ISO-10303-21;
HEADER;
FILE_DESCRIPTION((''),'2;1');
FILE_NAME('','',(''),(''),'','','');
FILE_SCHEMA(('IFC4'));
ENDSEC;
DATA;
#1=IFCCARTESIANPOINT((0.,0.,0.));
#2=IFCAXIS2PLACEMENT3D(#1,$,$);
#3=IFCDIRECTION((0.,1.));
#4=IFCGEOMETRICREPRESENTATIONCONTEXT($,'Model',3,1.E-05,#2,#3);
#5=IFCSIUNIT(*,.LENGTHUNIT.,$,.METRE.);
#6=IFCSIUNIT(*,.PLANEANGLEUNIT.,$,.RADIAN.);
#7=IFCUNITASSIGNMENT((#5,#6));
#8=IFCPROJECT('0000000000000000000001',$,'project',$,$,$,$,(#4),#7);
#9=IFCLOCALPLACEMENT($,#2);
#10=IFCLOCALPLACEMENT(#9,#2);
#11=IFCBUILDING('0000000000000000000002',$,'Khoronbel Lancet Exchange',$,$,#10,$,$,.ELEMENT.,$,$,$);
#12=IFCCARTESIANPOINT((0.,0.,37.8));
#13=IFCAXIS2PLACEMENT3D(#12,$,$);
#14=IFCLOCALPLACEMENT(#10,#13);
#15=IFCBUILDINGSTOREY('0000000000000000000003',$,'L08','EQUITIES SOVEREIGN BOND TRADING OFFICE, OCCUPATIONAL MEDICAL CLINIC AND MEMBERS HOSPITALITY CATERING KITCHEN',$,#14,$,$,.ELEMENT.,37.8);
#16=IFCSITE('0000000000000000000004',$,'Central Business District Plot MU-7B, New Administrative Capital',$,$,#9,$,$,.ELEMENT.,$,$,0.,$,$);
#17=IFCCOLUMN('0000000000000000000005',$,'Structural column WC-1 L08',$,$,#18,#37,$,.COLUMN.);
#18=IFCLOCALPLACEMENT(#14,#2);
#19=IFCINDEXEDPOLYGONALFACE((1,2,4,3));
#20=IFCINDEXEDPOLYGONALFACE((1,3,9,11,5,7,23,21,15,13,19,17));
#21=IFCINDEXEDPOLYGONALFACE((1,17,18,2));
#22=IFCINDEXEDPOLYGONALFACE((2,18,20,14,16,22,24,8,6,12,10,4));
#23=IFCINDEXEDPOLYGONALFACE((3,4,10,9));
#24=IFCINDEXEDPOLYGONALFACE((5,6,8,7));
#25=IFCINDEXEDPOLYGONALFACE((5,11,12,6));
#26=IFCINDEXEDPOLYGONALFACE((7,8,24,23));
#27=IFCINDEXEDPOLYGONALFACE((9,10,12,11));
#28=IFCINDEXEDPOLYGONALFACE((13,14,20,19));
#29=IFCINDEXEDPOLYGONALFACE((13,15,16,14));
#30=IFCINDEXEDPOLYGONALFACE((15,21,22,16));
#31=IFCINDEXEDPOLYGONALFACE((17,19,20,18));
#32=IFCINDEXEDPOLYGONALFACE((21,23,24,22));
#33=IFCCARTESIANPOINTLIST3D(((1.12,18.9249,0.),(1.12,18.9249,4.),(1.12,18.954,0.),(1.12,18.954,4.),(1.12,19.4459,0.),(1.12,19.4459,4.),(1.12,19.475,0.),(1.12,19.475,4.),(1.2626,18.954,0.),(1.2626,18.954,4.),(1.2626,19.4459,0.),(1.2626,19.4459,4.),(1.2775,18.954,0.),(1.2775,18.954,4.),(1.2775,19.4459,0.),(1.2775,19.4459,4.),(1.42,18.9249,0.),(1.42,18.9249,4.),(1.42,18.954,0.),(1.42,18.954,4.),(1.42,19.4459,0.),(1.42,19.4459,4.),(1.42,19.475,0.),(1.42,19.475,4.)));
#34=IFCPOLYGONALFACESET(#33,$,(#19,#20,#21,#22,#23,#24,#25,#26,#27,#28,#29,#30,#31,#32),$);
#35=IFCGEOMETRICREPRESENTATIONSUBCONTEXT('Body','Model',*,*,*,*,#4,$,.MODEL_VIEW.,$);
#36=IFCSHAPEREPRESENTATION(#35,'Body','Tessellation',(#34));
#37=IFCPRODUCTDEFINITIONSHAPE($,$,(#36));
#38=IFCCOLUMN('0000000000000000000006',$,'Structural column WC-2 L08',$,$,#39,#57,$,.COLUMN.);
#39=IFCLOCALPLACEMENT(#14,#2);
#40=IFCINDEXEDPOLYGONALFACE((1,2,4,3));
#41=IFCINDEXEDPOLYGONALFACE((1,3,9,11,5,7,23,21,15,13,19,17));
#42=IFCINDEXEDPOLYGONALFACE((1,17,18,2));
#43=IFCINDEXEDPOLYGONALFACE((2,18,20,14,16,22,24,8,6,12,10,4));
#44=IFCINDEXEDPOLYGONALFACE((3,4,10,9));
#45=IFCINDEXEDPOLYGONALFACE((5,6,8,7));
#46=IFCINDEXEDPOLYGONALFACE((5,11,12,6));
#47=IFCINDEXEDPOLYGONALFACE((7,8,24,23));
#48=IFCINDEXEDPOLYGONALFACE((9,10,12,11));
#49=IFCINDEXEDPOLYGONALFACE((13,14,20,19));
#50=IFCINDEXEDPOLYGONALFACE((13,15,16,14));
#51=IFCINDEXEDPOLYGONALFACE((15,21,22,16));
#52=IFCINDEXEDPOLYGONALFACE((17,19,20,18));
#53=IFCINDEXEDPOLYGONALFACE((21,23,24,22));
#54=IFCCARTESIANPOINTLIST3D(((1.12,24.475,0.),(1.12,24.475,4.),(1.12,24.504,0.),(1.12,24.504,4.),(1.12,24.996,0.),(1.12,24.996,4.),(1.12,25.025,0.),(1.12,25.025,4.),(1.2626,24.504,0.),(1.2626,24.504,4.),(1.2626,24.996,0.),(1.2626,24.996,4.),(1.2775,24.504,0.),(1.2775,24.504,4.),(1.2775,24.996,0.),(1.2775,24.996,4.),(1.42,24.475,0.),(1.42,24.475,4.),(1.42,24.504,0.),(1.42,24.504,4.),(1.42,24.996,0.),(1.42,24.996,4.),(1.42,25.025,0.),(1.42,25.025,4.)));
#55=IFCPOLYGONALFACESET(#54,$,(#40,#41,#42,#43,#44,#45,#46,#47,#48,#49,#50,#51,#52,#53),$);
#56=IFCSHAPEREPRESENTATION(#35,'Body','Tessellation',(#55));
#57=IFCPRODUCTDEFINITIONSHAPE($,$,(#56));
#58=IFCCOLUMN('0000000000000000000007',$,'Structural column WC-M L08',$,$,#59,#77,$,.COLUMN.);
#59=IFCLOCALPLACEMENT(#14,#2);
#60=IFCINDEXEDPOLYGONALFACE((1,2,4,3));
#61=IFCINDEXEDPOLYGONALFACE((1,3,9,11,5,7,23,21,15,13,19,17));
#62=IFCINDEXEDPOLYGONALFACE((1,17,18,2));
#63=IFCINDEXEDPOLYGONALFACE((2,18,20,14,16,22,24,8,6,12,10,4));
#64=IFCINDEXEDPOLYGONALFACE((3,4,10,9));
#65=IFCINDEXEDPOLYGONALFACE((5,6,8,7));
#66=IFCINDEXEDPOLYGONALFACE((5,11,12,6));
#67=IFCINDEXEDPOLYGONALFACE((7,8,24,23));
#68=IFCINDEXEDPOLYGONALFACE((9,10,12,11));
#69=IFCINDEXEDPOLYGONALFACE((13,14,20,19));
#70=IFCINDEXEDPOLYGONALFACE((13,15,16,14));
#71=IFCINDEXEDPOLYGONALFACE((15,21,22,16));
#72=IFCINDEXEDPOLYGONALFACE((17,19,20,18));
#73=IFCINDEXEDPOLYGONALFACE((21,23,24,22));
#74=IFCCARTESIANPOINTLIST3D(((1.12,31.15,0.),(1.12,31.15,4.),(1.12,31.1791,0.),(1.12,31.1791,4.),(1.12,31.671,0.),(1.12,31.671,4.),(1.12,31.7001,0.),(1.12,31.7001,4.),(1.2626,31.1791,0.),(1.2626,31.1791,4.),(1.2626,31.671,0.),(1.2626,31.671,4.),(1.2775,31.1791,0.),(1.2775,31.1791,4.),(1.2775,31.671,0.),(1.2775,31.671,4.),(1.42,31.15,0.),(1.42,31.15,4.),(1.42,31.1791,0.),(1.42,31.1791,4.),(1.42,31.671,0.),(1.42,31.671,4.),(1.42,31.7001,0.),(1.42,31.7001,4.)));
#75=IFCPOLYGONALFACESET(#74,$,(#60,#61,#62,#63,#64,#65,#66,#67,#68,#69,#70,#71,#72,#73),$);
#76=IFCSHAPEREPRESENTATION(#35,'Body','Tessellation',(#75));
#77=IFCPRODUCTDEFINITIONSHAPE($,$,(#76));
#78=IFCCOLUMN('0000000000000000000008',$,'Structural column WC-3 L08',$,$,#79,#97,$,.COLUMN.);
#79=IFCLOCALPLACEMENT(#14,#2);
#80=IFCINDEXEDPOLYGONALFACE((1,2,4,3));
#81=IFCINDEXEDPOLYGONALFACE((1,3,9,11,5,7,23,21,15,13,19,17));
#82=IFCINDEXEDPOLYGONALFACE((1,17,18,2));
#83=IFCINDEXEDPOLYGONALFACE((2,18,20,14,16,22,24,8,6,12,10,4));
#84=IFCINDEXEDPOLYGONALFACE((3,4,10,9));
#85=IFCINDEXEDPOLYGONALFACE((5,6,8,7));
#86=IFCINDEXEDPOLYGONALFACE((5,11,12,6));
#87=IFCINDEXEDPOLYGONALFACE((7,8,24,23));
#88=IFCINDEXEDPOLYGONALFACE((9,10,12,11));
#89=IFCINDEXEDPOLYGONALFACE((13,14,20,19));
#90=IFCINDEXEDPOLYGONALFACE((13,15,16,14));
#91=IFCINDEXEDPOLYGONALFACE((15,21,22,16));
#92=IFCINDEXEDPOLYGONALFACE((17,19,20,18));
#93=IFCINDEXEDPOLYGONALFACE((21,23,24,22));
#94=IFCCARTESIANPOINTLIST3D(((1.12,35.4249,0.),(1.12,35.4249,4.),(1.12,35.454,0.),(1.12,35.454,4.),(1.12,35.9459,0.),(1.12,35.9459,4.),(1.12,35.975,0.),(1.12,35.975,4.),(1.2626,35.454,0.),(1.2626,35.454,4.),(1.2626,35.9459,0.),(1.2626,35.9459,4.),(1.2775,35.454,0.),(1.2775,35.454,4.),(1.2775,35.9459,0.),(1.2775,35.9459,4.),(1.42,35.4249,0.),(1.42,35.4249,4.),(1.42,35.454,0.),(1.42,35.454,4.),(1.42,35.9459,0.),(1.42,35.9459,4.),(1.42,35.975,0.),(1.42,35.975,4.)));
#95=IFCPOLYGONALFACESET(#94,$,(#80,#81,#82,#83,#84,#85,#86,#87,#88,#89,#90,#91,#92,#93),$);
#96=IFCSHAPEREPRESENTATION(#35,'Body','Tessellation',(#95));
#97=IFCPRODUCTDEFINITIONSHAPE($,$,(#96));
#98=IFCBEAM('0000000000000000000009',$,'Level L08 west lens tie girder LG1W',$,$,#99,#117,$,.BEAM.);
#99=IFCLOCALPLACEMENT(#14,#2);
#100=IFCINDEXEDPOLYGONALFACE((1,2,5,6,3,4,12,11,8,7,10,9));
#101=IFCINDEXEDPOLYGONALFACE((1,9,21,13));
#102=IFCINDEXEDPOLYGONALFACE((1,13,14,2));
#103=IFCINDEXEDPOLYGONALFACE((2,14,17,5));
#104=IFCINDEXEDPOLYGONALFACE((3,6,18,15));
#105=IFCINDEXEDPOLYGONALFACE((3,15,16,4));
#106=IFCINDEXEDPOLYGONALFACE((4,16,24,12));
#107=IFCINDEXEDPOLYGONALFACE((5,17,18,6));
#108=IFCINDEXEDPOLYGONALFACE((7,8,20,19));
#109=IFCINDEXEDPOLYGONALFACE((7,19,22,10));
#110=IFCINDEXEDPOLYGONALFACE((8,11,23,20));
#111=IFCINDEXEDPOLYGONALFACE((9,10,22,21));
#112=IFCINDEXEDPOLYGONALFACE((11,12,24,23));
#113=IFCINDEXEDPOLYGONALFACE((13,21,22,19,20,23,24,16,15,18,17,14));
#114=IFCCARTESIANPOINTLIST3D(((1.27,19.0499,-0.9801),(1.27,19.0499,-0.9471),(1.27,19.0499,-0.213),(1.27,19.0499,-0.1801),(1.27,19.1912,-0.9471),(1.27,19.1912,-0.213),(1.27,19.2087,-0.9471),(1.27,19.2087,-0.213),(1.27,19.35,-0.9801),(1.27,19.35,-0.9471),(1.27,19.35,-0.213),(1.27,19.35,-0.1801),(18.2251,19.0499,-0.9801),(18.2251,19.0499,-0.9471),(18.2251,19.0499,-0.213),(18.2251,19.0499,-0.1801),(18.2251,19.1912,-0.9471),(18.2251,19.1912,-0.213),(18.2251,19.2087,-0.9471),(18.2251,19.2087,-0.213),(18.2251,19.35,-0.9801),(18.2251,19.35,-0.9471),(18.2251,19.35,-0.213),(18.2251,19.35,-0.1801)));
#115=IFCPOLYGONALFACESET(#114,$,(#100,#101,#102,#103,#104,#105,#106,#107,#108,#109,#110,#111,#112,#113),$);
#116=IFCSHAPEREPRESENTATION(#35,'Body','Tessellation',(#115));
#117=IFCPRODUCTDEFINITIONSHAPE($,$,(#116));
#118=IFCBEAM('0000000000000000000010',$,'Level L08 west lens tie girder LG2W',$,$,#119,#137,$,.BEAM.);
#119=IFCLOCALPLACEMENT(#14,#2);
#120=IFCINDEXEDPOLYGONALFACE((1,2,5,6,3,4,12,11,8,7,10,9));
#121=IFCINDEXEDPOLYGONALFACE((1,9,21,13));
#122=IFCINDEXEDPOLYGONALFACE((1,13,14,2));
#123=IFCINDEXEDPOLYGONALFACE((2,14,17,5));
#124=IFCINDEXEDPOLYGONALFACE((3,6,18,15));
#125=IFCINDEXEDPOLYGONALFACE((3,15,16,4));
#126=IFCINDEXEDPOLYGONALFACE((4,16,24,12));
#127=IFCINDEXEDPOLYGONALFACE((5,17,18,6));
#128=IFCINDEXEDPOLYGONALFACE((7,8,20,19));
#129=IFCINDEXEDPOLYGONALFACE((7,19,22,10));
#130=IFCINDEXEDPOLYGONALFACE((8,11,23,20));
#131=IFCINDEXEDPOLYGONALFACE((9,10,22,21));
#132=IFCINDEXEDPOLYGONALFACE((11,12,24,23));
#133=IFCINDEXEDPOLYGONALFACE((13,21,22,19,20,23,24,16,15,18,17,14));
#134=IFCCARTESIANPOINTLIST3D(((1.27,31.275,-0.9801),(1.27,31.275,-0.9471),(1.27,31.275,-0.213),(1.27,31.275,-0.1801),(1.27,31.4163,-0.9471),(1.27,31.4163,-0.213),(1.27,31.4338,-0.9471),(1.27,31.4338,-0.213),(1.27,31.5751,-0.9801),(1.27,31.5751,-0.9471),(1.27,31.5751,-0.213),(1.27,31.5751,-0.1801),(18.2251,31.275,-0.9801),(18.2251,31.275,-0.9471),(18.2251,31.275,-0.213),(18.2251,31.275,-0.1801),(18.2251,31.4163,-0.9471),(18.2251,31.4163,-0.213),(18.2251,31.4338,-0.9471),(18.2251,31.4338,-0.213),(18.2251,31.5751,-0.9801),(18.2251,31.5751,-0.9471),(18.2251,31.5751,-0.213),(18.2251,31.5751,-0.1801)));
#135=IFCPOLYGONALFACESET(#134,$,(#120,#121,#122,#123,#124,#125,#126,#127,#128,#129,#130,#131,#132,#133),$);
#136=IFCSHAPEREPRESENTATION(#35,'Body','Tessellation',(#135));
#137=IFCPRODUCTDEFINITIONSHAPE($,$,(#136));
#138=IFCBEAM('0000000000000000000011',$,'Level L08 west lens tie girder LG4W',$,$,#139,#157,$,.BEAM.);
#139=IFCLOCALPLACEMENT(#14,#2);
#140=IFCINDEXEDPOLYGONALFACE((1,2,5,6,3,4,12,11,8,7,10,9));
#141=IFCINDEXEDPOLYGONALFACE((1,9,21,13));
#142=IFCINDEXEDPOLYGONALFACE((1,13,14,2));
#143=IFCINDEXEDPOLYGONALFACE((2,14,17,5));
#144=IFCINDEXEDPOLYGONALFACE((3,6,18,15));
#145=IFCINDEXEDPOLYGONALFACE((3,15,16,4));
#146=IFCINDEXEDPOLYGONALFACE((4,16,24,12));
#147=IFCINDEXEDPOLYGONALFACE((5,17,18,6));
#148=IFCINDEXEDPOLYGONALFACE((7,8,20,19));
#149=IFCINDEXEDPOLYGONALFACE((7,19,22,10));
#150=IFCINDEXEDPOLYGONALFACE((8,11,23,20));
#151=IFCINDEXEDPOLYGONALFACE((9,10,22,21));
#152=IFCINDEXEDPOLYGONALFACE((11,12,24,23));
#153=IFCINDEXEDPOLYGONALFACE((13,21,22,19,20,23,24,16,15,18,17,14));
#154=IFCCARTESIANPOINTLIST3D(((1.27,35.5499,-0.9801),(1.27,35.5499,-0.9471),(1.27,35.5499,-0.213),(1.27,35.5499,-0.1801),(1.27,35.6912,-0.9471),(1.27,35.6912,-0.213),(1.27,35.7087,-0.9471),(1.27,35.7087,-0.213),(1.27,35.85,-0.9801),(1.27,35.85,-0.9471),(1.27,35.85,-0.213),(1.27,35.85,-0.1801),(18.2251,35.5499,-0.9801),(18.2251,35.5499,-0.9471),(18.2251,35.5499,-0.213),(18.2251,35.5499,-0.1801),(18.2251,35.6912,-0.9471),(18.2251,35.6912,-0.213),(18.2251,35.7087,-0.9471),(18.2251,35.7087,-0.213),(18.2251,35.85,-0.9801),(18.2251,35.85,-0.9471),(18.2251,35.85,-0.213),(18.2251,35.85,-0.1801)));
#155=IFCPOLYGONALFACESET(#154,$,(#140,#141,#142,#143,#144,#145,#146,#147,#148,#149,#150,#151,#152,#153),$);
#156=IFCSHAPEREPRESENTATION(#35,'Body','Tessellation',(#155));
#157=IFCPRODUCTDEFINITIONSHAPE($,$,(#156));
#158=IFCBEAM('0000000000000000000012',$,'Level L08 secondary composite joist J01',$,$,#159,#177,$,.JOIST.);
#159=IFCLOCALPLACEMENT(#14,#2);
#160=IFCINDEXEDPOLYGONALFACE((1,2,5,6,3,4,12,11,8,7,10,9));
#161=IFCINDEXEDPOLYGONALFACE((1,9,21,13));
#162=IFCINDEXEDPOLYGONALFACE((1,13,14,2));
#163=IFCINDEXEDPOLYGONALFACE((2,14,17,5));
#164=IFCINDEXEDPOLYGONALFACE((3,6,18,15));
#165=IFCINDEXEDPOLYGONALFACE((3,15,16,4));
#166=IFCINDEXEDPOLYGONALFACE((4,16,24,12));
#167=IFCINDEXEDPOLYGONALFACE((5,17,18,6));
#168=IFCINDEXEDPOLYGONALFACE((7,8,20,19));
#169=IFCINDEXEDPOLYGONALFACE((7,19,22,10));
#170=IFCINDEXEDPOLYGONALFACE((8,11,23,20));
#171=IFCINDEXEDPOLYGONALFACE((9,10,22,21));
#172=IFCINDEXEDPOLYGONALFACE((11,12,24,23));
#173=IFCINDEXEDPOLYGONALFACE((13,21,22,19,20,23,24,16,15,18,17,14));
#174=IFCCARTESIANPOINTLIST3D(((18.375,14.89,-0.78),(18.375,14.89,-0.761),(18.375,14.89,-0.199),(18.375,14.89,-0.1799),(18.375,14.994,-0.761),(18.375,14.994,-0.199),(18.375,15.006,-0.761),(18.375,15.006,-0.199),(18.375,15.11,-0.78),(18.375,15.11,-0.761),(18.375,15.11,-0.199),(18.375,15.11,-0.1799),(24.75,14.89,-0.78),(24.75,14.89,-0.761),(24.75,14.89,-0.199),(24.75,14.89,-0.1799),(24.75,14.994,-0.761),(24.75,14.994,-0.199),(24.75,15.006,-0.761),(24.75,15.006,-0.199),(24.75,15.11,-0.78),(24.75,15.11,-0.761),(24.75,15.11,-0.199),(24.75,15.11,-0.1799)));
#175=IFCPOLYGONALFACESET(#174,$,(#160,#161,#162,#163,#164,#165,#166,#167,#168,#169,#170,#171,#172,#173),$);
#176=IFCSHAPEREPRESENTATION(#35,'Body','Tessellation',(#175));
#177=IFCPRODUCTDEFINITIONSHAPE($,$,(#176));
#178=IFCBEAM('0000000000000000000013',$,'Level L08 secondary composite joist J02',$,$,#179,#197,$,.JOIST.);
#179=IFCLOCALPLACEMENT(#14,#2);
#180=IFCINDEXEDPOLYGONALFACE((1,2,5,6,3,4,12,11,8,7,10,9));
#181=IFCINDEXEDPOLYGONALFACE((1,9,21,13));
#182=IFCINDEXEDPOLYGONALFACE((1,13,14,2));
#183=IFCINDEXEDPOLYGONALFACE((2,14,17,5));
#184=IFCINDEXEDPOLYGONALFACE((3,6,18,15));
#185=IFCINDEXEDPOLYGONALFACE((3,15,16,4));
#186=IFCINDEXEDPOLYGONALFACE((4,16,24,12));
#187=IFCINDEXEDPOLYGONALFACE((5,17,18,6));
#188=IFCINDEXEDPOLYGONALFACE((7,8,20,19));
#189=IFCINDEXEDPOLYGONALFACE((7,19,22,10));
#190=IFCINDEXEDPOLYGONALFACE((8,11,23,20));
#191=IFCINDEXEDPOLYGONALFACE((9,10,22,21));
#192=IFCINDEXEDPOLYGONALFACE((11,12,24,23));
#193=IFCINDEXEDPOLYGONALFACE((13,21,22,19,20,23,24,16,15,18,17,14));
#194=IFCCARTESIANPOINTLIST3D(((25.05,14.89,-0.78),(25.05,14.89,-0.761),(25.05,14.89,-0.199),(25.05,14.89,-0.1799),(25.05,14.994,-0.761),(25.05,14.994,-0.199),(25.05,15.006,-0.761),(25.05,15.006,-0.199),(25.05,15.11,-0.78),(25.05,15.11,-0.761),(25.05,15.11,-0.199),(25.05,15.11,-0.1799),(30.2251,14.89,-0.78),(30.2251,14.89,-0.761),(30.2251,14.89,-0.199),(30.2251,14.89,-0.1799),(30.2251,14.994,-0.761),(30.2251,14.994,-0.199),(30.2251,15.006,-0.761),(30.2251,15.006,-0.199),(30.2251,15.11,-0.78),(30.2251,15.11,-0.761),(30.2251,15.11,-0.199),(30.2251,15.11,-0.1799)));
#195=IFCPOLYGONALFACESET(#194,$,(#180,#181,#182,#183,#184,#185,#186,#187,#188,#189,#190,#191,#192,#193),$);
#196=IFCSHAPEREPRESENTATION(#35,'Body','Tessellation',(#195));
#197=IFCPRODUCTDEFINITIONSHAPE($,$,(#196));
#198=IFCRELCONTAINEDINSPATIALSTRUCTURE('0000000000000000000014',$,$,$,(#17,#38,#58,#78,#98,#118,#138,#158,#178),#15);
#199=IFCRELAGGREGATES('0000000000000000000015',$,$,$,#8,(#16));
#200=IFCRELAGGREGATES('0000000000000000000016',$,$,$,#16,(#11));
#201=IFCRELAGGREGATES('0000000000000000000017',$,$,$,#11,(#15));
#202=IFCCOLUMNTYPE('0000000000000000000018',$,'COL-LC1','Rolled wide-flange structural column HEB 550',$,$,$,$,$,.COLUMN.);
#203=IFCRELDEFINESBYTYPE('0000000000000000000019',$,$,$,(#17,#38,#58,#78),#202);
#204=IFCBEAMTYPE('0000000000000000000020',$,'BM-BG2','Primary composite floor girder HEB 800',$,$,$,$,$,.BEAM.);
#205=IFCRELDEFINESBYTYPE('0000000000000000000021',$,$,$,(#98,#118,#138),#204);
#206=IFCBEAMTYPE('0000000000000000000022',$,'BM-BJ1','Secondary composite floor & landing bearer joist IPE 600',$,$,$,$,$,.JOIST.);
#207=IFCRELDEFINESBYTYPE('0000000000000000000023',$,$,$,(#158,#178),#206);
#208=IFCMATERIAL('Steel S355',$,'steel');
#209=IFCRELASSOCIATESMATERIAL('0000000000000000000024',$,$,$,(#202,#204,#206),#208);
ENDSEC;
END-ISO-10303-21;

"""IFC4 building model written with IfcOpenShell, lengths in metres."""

from ifc_helpers import new_model, si_unit, direction, frame, origin, origin_2d, place, context, subcontext, project, spatial, i_section, extrude, material, material_profile, profile_set, type_object, element, save


model = new_model("IFC4")

# Units and contexts
model_context = context("Model", 3, precision=1e-05, world=origin(), true_north=direction((0.0, 1.0)))
body_context = subcontext(model_context, "Body", "Model", "MODEL_VIEW")
ifc_project = project(units=[si_unit("LENGTHUNIT", "METRE"), si_unit("PLANEANGLEUNIT", "RADIAN")], contexts=[model_context])

# Site, building, storey
site_placement = place(None, origin())
site = spatial("IfcSite", under=ifc_project, at=site_placement, Name="Central Business District Plot MU-7B, New Administrative Capital", CompositionType="ELEMENT", RefElevation=0.0)
building_placement = place(site_placement, origin())
building = spatial("IfcBuilding", under=site, at=building_placement, Name="Khoronbel Lancet Exchange", CompositionType="ELEMENT")
storey_placement = place(building_placement, frame((0.0, 0.0, 37.8)))
storey = spatial("IfcBuildingStorey", under=building, at=storey_placement, Name="L08", Description="EQUITIES SOVEREIGN BOND TRADING OFFICE, OCCUPATIONAL MEDICAL CLINIC AND MEMBERS HOSPITALITY CATERING KITCHEN", CompositionType="ELEMENT", Elevation=37.8)

# Columns
ifc_material_1 = material(Name="Steel S355", Category="steel")
ifc_material_profile_1 = material_profile(ifc_material_1, i_section(OverallWidth=0.3, OverallDepth=0.55, WebThickness=0.0149, FlangeThickness=0.0291, at=origin_2d()), Name="HEB 550")
ifc_profile_set_1 = profile_set([ifc_material_profile_1], Name="Steel S355")
column_type = type_object("IfcColumnType", Name="COL-LC1", Description="Rolled wide-flange structural column HEB 550", PredefinedType="COLUMN", material=ifc_profile_set_1)
for number, where, z_axis, x_axis, name in (
    (1, (1.27, 19.2, 0.0), (0.0, 0.0, 1.0), (1.0, 0.0, 0.0), "Structural column WC-1 L08"),
    (2, (1.27, 24.75, 0.0), (0.0, 0.0, 1.0), (1.0, 0.0, 0.0), "Structural column WC-2 L08"),
    (3, (1.27, 31.425, 0.0), (0.0, 0.0, 1.0), (1.0, 0.0, 0.0), "Structural column WC-M L08"),
    (4, (1.27, 35.7, 0.0), (0.0, 0.0, 1.0), (1.0, 0.0, 0.0), "Structural column WC-3 L08"),
):
    element("IfcColumn", number, at=place(storey_placement, frame(where, z_axis=z_axis, x_axis=x_axis)), inside=storey, type_object=column_type, Name=name, PredefinedType="COLUMN", context=body_context, shape_type="SweptSolid", body=[
        extrude(i_section(OverallWidth=0.3, OverallDepth=0.55, WebThickness=0.0149, FlangeThickness=0.0291, at=origin_2d()), origin(), (0.0, 0.0, 1.0), 4.0),
    ])

# Beams
ifc_material_profile_2 = material_profile(ifc_material_1, i_section(OverallWidth=0.3, OverallDepth=0.8, WebThickness=0.0176, FlangeThickness=0.033, at=origin_2d()), Name="HEB 800")
ifc_profile_set_2 = profile_set([ifc_material_profile_2], Name="Steel S355")
beam_type_1 = type_object("IfcBeamType", Name="BM-BG2", Description="Primary composite floor girder HEB 800", PredefinedType="BEAM", material=ifc_profile_set_2)
for number, where, z_axis, x_axis, name in (
    (5, (1.27, 19.2, -0.5801), (1.0, 0.0, 0.0), (0.0, 1.0, 0.0), "Level L08 west lens tie girder LG1W"),
    (6, (1.27, 31.425, -0.5801), (1.0, 0.0, 0.0), (0.0, 1.0, 0.0), "Level L08 west lens tie girder LG2W"),
    (7, (1.27, 35.7, -0.5801), (1.0, 0.0, 0.0), (0.0, 1.0, 0.0), "Level L08 west lens tie girder LG4W"),
):
    element("IfcBeam", number, at=place(storey_placement, frame(where, z_axis=z_axis, x_axis=x_axis)), inside=storey, type_object=beam_type_1, Name=name, PredefinedType="BEAM", context=body_context, shape_type="SweptSolid", body=[
        extrude(i_section(OverallWidth=0.3, OverallDepth=0.8, WebThickness=0.0176, FlangeThickness=0.033, at=origin_2d()), origin(), (0.0, 0.0, 1.0), 16.9551),
    ])
ifc_material_profile_3 = material_profile(ifc_material_1, i_section(OverallWidth=0.22, OverallDepth=0.6001, WebThickness=0.012, FlangeThickness=0.019, at=origin_2d()), Name="IPE 600")
ifc_profile_set_3 = profile_set([ifc_material_profile_3], Name="Steel S355")
beam_type_2 = type_object("IfcBeamType", Name="BM-BJ1", Description="Secondary composite floor & landing bearer joist IPE 600", PredefinedType="JOIST", material=ifc_profile_set_3)
beam_1_placement = place(storey_placement, frame((18.375, 15.0, -0.48), z_axis=(1.0, 0.0, 0.0), x_axis=(0.0, 1.0, 0.0)))
element("IfcBeam", 8, at=beam_1_placement, inside=storey, type_object=beam_type_2, Name="Level L08 secondary composite joist J01", PredefinedType="JOIST", context=body_context, shape_type="SweptSolid", body=[
    extrude(i_section(OverallWidth=0.22, OverallDepth=0.6001, WebThickness=0.012, FlangeThickness=0.019, at=origin_2d()), origin(), (0.0, 0.0, 1.0), 6.375),
])
beam_2_placement = place(storey_placement, frame((25.05, 15.0, -0.48), z_axis=(1.0, 0.0, 0.0), x_axis=(0.0, 1.0, 0.0)))
element("IfcBeam", 9, at=beam_2_placement, inside=storey, type_object=beam_type_2, Name="Level L08 secondary composite joist J02", PredefinedType="JOIST", context=body_context, shape_type="SweptSolid", body=[
    extrude(i_section(OverallWidth=0.22, OverallDepth=0.6001, WebThickness=0.012, FlangeThickness=0.019, at=origin_2d()), origin(), (0.0, 0.0, 1.0), 5.175),
])

save(model, "model.ifc")
